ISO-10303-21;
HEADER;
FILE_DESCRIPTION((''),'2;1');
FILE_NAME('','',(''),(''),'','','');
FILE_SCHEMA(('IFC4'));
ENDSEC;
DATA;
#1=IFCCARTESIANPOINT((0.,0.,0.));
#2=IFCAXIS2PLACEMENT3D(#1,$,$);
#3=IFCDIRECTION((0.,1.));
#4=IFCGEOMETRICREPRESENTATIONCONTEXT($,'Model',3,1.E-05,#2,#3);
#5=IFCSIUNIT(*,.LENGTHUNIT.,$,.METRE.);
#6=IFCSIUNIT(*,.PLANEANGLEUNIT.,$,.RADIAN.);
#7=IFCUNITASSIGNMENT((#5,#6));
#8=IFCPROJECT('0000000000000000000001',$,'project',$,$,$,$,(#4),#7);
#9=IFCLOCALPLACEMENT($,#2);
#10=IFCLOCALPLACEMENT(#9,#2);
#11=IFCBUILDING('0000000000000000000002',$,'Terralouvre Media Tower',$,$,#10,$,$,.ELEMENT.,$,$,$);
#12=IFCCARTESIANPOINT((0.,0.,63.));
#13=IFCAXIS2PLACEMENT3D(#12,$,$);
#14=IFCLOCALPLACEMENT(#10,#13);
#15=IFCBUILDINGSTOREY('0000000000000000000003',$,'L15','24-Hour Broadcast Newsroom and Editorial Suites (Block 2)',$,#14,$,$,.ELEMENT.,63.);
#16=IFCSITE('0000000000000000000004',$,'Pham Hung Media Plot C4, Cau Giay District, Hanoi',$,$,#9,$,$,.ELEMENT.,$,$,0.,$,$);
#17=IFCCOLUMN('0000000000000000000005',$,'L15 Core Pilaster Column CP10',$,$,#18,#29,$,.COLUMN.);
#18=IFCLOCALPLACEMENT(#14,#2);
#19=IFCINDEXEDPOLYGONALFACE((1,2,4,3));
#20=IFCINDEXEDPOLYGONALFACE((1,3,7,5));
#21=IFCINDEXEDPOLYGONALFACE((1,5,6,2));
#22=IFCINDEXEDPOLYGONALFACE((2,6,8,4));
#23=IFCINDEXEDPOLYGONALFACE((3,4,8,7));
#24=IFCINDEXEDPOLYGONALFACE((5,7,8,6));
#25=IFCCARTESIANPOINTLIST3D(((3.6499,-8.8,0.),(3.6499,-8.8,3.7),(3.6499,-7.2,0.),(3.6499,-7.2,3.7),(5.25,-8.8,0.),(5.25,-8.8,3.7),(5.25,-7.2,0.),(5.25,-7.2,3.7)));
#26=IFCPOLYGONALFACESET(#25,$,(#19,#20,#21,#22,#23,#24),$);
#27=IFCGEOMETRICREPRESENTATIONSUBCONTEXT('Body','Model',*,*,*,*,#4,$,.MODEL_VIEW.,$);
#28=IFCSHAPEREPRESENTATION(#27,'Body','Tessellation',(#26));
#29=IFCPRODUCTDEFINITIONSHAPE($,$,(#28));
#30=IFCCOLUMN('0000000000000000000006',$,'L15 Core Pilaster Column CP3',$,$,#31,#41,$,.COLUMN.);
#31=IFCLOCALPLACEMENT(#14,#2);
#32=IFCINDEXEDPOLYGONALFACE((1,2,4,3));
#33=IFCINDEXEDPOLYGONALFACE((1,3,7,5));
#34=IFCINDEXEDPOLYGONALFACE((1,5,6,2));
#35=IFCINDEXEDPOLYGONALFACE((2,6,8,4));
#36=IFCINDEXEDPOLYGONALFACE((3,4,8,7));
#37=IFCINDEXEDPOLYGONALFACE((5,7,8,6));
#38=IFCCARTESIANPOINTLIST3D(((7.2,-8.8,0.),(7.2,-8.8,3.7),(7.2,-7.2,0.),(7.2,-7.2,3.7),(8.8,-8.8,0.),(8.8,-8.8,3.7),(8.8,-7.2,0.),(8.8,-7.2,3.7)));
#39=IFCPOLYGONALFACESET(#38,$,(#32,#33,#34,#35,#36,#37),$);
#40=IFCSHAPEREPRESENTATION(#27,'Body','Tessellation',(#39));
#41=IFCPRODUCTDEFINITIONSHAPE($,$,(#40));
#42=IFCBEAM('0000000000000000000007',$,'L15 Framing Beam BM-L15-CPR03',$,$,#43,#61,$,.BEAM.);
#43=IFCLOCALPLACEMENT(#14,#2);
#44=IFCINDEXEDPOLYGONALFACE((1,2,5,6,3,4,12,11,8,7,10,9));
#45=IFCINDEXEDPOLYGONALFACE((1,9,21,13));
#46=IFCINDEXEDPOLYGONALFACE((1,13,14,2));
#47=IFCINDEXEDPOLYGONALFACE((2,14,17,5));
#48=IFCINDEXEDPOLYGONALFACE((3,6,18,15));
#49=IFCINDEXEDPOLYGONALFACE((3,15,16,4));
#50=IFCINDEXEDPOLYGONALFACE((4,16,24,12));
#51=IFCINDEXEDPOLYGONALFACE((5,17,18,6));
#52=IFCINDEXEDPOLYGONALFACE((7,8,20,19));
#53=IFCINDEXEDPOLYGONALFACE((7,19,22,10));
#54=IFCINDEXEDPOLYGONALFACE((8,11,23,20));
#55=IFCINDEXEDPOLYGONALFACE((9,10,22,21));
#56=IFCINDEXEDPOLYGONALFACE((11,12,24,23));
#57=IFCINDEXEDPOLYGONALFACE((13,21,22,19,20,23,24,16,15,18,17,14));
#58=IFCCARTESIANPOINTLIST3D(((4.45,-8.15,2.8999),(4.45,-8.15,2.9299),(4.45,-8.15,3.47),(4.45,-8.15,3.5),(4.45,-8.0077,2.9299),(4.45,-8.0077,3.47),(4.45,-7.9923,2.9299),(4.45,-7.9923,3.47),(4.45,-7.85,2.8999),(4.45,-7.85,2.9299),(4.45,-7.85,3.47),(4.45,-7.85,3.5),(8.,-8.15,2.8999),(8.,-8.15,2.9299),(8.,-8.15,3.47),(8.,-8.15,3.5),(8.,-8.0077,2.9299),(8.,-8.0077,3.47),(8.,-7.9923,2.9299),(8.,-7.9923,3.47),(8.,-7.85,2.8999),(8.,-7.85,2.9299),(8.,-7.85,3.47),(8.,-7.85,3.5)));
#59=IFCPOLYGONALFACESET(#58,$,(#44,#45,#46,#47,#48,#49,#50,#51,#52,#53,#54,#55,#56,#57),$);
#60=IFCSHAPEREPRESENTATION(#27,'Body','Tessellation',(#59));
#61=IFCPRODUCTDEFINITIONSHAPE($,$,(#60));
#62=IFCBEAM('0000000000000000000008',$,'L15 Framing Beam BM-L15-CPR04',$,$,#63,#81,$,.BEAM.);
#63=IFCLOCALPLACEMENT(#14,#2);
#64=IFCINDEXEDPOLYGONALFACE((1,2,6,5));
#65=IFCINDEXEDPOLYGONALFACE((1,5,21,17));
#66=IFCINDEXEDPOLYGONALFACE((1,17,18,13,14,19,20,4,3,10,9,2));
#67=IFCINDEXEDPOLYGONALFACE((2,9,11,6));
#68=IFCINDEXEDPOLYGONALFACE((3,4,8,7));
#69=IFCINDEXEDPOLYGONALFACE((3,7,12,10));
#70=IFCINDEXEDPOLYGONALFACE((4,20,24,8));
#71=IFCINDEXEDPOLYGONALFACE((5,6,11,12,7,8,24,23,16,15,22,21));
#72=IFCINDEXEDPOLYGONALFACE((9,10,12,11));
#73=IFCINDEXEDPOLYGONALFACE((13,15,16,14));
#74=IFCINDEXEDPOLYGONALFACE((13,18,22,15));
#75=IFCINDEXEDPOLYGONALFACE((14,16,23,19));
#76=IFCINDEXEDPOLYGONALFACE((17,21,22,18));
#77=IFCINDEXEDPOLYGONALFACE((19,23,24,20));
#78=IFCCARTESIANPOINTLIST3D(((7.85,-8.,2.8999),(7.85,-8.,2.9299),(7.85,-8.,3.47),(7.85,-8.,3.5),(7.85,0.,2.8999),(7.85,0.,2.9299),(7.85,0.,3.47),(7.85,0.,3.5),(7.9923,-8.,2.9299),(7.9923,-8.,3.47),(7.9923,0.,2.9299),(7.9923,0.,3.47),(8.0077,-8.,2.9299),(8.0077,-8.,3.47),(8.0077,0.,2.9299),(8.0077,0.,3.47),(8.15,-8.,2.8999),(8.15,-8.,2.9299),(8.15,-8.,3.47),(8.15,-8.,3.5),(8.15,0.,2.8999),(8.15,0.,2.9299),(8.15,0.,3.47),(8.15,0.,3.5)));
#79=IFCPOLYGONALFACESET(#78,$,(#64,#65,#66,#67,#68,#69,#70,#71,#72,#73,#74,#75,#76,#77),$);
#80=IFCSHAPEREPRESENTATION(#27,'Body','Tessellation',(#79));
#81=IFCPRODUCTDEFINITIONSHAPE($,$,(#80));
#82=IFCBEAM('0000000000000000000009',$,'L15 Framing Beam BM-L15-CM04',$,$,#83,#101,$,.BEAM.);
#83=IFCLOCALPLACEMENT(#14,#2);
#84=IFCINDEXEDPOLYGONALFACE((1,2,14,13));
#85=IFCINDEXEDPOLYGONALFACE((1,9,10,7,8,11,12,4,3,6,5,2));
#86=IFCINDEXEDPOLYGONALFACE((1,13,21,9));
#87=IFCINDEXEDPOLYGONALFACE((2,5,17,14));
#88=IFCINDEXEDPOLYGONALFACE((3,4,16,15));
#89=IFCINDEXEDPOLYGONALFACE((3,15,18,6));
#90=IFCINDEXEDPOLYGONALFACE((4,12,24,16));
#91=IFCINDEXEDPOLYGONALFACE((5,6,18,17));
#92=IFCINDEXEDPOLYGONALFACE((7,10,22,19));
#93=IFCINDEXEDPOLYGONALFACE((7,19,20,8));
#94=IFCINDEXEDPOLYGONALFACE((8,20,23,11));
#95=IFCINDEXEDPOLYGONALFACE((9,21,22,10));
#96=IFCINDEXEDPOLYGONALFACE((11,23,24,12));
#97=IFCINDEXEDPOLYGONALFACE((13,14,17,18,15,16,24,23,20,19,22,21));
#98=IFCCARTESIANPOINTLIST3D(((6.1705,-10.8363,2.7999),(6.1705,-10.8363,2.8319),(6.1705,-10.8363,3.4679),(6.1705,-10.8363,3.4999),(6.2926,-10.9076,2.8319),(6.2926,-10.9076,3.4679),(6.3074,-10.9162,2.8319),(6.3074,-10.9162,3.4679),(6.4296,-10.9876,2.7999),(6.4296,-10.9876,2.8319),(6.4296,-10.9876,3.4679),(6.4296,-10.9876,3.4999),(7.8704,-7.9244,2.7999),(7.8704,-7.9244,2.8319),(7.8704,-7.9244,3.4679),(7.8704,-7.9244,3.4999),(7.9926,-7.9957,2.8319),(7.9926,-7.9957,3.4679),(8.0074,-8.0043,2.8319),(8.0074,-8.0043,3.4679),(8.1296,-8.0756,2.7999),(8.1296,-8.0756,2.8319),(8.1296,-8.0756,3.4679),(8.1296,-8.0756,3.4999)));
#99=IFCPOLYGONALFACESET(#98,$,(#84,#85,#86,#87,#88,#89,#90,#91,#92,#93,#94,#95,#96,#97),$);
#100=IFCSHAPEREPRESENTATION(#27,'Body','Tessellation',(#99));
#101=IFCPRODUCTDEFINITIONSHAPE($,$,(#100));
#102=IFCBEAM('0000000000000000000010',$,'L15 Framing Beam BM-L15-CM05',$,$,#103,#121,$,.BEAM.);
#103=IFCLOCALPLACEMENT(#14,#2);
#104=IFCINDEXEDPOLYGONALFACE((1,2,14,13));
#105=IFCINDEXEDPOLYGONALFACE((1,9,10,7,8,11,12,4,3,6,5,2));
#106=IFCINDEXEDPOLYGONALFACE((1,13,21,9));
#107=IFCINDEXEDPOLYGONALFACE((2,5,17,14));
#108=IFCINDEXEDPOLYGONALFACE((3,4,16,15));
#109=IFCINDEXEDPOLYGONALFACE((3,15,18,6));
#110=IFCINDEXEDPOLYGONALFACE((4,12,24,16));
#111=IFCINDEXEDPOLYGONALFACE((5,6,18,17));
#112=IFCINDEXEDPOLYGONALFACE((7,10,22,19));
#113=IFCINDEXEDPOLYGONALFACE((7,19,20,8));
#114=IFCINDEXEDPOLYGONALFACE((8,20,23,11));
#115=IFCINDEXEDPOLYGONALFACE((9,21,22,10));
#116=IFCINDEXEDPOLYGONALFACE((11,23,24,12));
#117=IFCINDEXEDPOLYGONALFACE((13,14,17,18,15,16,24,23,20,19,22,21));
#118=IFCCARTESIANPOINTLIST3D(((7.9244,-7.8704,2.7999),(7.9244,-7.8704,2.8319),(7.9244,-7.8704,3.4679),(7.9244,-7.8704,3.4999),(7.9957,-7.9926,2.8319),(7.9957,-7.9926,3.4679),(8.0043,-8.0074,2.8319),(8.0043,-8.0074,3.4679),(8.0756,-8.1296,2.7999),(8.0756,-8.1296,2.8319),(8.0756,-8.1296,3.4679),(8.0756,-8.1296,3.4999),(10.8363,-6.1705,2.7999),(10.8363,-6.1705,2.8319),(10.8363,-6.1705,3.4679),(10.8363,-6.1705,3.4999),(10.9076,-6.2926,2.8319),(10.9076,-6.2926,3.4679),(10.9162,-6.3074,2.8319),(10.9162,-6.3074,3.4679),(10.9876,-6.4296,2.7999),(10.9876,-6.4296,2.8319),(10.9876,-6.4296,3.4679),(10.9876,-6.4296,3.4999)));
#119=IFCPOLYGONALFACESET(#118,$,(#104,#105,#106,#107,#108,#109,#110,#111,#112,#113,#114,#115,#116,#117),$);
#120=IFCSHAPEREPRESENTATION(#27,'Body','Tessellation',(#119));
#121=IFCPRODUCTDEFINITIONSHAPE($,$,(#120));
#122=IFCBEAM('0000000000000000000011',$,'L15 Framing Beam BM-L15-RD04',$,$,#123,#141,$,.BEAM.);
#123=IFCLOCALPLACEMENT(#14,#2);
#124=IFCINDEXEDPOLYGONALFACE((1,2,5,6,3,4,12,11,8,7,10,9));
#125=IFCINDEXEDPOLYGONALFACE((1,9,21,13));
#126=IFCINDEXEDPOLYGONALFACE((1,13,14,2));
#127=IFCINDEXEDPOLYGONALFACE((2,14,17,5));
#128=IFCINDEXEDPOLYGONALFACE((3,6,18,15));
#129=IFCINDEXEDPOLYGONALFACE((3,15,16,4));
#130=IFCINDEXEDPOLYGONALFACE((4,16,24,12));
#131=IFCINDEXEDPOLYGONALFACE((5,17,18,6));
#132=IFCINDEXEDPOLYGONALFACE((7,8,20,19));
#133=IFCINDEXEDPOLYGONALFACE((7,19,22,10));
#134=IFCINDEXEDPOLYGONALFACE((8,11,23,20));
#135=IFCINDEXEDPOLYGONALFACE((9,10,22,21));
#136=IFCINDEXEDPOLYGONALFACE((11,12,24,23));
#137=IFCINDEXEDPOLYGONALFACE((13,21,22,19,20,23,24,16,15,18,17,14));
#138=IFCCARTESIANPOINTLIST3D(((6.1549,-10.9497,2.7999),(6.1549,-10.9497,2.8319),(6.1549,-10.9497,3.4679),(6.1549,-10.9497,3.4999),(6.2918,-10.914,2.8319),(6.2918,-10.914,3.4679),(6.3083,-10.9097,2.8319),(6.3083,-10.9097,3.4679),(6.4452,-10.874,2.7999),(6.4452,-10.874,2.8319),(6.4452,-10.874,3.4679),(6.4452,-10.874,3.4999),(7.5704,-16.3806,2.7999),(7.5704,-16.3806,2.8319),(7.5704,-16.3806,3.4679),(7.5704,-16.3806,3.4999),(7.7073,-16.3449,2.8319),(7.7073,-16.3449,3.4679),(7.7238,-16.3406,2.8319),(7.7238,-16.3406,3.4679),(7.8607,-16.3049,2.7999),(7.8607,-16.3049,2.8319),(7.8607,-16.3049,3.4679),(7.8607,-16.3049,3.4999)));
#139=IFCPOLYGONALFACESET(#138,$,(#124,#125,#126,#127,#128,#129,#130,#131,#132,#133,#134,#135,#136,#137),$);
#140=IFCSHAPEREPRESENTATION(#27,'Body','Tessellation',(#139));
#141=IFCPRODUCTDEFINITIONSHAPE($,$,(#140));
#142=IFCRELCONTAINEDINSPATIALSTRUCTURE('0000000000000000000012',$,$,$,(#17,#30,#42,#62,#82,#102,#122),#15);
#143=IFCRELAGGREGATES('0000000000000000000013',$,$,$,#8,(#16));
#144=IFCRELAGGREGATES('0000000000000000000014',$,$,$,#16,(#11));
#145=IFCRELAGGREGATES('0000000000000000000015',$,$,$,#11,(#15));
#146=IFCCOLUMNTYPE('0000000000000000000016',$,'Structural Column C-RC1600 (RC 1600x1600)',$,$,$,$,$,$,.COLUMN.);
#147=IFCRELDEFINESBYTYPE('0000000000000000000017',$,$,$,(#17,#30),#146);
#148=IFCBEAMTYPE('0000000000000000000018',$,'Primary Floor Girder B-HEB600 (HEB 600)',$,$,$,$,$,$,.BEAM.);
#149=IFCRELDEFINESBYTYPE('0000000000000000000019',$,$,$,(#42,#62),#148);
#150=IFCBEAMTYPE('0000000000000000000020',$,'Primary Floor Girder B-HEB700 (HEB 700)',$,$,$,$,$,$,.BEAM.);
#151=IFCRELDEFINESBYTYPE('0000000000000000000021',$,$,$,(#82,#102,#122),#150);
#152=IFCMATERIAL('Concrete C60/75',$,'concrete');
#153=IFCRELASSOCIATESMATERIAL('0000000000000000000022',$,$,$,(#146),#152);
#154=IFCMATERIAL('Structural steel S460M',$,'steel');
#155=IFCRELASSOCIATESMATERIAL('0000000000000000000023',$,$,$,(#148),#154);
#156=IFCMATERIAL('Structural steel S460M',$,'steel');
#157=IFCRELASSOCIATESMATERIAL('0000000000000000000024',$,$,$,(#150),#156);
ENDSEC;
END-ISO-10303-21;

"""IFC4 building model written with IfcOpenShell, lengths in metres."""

from ifc_helpers import new_model, si_unit, direction, frame, origin, origin_2d, place, context, subcontext, project, spatial, rectangle, i_section, extrude, material, material_profile, profile_set, type_object, element, save


model = new_model("IFC4")

# Units and contexts
model_context = context("Model", 3, precision=1e-05, world=origin(), true_north=direction((0.0, 1.0)))
body_context = subcontext(model_context, "Body", "Model", "MODEL_VIEW")
ifc_project = project(units=[si_unit("LENGTHUNIT", "METRE"), si_unit("PLANEANGLEUNIT", "RADIAN")], contexts=[model_context])

# Site, building, storey
site_placement = place(None, origin())
site = spatial("IfcSite", under=ifc_project, at=site_placement, Name="Pham Hung Media Plot C4, Cau Giay District, Hanoi", CompositionType="ELEMENT", RefElevation=0.0)
building_placement = place(site_placement, origin())
building = spatial("IfcBuilding", under=site, at=building_placement, Name="Terralouvre Media Tower", CompositionType="ELEMENT")
storey_placement = place(building_placement, frame((0.0, 0.0, 63.0)))
storey = spatial("IfcBuildingStorey", under=building, at=storey_placement, Name="L15", Description="24-Hour Broadcast Newsroom and Editorial Suites (Block 2)", CompositionType="ELEMENT", Elevation=63.0)

# Columns
ifc_material_1 = material(Name="Concrete C60/75", Category="concrete")
ifc_material_profile_1 = material_profile(ifc_material_1, rectangle(XDim=1.6001, YDim=1.6001, at=origin_2d()), Name="RC 1600x1600")
ifc_profile_set_1 = profile_set([ifc_material_profile_1], Name="Concrete C60/75")
column_type = type_object("IfcColumnType", Name="Structural Column C-RC1600 (RC 1600x1600)", PredefinedType="COLUMN", material=ifc_profile_set_1)
for number, where, z_axis, x_axis, name in (
    (1, (4.45, -8.0, 0.0), (0.0, 0.0, 1.0), (1.0, 0.0, 0.0), "L15 Core Pilaster Column CP10"),
    (2, (8.0, -8.0, 0.0), (0.0, 0.0, 1.0), (1.0, 0.0, 0.0), "L15 Core Pilaster Column CP3"),
):
    element("IfcColumn", number, at=place(storey_placement, frame(where, z_axis=z_axis, x_axis=x_axis)), inside=storey, type_object=column_type, Name=name, PredefinedType="COLUMN", context=body_context, shape_type="SweptSolid", body=[
        extrude(rectangle(XDim=1.6001, YDim=1.6001, at=origin_2d()), origin(), (0.0, 0.0, 1.0), 3.7),
    ])

# Beams
ifc_material_2 = material(Name="Structural steel S460M", Category="steel")
ifc_material_profile_2 = material_profile(ifc_material_2, i_section(OverallWidth=0.3, OverallDepth=0.6001, WebThickness=0.0154, FlangeThickness=0.03, at=origin_2d()), Name="HEB 600")
ifc_profile_set_2 = profile_set([ifc_material_profile_2], Name="Structural steel S460M")
beam_type_1 = type_object("IfcBeamType", Name="Primary Floor Girder B-HEB600 (HEB 600)", PredefinedType="BEAM", material=ifc_profile_set_2)
beam_1_placement = place(storey_placement, frame((4.45, -8.0, 3.2), z_axis=(1.0, 0.0, 0.0), x_axis=(0.0, 1.0, 0.0)))
element("IfcBeam", 3, at=beam_1_placement, inside=storey, type_object=beam_type_1, Name="L15 Framing Beam BM-L15-CPR03", PredefinedType="BEAM", context=body_context, shape_type="SweptSolid", body=[
    extrude(i_section(OverallWidth=0.3, OverallDepth=0.6001, WebThickness=0.0154, FlangeThickness=0.03, at=origin_2d()), origin(), (0.0, 0.0, 1.0), 3.55),
])
beam_2_placement = place(storey_placement, frame((8.0, -8.0, 3.2), z_axis=(0.0, 1.0, 0.0), x_axis=(-1.0, 0.0, 0.0)))
element("IfcBeam", 4, at=beam_2_placement, inside=storey, type_object=beam_type_1, Name="L15 Framing Beam BM-L15-CPR04", PredefinedType="BEAM", context=body_context, shape_type="SweptSolid", body=[
    extrude(i_section(OverallWidth=0.3, OverallDepth=0.6001, WebThickness=0.0154, FlangeThickness=0.03, at=origin_2d()), origin(), (0.0, 0.0, 1.0), 8.0),
])
ifc_material_3 = material(Name="Structural steel S460M", Category="steel")
ifc_material_profile_3 = material_profile(ifc_material_3, i_section(OverallWidth=0.3, OverallDepth=0.7, WebThickness=0.0171, FlangeThickness=0.032, at=origin_2d()), Name="HEB 700")
ifc_profile_set_3 = profile_set([ifc_material_profile_3], Name="Structural steel S460M")
beam_type_2 = type_object("IfcBeamType", Name="Primary Floor Girder B-HEB700 (HEB 700)", PredefinedType="BEAM", material=ifc_profile_set_3)
for number, where, z_axis, x_axis, name in (
    (5, (8.0, -8.0, 3.1499), (-0.504173, -0.863603, 0.0), (0.863603, -0.504173, 0.0), "L15 Framing Beam BM-L15-CM04"),
    (6, (8.0, -8.0, 3.1499), (0.863603, 0.504173, 0.0), (-0.504173, 0.863603, 0.0), "L15 Framing Beam BM-L15-CM05"),
):
    element("IfcBeam", number, at=place(storey_placement, frame(where, z_axis=z_axis, x_axis=x_axis)), inside=storey, type_object=beam_type_2, Name=name, PredefinedType="BEAM", context=body_context, shape_type="SweptSolid", body=[
        extrude(i_section(OverallWidth=0.3, OverallDepth=0.7, WebThickness=0.0171, FlangeThickness=0.032, at=origin_2d()), origin(), (0.0, 0.0, 1.0), 3.3718),
    ])
beam_3_placement = place(storey_placement, frame((6.3, -10.9119, 3.1499), z_axis=(0.252216, -0.967671, 0.0), x_axis=(0.967671, 0.252216, 0.0)))
element("IfcBeam", 7, at=beam_3_placement, inside=storey, type_object=beam_type_2, Name="L15 Framing Beam BM-L15-RD04", PredefinedType="BEAM", context=body_context, shape_type="SweptSolid", body=[
    extrude(i_section(OverallWidth=0.3, OverallDepth=0.7, WebThickness=0.0171, FlangeThickness=0.032, at=origin_2d()), origin(), (0.0, 0.0, 1.0), 5.6123),
])

save(model, "model.ifc")
